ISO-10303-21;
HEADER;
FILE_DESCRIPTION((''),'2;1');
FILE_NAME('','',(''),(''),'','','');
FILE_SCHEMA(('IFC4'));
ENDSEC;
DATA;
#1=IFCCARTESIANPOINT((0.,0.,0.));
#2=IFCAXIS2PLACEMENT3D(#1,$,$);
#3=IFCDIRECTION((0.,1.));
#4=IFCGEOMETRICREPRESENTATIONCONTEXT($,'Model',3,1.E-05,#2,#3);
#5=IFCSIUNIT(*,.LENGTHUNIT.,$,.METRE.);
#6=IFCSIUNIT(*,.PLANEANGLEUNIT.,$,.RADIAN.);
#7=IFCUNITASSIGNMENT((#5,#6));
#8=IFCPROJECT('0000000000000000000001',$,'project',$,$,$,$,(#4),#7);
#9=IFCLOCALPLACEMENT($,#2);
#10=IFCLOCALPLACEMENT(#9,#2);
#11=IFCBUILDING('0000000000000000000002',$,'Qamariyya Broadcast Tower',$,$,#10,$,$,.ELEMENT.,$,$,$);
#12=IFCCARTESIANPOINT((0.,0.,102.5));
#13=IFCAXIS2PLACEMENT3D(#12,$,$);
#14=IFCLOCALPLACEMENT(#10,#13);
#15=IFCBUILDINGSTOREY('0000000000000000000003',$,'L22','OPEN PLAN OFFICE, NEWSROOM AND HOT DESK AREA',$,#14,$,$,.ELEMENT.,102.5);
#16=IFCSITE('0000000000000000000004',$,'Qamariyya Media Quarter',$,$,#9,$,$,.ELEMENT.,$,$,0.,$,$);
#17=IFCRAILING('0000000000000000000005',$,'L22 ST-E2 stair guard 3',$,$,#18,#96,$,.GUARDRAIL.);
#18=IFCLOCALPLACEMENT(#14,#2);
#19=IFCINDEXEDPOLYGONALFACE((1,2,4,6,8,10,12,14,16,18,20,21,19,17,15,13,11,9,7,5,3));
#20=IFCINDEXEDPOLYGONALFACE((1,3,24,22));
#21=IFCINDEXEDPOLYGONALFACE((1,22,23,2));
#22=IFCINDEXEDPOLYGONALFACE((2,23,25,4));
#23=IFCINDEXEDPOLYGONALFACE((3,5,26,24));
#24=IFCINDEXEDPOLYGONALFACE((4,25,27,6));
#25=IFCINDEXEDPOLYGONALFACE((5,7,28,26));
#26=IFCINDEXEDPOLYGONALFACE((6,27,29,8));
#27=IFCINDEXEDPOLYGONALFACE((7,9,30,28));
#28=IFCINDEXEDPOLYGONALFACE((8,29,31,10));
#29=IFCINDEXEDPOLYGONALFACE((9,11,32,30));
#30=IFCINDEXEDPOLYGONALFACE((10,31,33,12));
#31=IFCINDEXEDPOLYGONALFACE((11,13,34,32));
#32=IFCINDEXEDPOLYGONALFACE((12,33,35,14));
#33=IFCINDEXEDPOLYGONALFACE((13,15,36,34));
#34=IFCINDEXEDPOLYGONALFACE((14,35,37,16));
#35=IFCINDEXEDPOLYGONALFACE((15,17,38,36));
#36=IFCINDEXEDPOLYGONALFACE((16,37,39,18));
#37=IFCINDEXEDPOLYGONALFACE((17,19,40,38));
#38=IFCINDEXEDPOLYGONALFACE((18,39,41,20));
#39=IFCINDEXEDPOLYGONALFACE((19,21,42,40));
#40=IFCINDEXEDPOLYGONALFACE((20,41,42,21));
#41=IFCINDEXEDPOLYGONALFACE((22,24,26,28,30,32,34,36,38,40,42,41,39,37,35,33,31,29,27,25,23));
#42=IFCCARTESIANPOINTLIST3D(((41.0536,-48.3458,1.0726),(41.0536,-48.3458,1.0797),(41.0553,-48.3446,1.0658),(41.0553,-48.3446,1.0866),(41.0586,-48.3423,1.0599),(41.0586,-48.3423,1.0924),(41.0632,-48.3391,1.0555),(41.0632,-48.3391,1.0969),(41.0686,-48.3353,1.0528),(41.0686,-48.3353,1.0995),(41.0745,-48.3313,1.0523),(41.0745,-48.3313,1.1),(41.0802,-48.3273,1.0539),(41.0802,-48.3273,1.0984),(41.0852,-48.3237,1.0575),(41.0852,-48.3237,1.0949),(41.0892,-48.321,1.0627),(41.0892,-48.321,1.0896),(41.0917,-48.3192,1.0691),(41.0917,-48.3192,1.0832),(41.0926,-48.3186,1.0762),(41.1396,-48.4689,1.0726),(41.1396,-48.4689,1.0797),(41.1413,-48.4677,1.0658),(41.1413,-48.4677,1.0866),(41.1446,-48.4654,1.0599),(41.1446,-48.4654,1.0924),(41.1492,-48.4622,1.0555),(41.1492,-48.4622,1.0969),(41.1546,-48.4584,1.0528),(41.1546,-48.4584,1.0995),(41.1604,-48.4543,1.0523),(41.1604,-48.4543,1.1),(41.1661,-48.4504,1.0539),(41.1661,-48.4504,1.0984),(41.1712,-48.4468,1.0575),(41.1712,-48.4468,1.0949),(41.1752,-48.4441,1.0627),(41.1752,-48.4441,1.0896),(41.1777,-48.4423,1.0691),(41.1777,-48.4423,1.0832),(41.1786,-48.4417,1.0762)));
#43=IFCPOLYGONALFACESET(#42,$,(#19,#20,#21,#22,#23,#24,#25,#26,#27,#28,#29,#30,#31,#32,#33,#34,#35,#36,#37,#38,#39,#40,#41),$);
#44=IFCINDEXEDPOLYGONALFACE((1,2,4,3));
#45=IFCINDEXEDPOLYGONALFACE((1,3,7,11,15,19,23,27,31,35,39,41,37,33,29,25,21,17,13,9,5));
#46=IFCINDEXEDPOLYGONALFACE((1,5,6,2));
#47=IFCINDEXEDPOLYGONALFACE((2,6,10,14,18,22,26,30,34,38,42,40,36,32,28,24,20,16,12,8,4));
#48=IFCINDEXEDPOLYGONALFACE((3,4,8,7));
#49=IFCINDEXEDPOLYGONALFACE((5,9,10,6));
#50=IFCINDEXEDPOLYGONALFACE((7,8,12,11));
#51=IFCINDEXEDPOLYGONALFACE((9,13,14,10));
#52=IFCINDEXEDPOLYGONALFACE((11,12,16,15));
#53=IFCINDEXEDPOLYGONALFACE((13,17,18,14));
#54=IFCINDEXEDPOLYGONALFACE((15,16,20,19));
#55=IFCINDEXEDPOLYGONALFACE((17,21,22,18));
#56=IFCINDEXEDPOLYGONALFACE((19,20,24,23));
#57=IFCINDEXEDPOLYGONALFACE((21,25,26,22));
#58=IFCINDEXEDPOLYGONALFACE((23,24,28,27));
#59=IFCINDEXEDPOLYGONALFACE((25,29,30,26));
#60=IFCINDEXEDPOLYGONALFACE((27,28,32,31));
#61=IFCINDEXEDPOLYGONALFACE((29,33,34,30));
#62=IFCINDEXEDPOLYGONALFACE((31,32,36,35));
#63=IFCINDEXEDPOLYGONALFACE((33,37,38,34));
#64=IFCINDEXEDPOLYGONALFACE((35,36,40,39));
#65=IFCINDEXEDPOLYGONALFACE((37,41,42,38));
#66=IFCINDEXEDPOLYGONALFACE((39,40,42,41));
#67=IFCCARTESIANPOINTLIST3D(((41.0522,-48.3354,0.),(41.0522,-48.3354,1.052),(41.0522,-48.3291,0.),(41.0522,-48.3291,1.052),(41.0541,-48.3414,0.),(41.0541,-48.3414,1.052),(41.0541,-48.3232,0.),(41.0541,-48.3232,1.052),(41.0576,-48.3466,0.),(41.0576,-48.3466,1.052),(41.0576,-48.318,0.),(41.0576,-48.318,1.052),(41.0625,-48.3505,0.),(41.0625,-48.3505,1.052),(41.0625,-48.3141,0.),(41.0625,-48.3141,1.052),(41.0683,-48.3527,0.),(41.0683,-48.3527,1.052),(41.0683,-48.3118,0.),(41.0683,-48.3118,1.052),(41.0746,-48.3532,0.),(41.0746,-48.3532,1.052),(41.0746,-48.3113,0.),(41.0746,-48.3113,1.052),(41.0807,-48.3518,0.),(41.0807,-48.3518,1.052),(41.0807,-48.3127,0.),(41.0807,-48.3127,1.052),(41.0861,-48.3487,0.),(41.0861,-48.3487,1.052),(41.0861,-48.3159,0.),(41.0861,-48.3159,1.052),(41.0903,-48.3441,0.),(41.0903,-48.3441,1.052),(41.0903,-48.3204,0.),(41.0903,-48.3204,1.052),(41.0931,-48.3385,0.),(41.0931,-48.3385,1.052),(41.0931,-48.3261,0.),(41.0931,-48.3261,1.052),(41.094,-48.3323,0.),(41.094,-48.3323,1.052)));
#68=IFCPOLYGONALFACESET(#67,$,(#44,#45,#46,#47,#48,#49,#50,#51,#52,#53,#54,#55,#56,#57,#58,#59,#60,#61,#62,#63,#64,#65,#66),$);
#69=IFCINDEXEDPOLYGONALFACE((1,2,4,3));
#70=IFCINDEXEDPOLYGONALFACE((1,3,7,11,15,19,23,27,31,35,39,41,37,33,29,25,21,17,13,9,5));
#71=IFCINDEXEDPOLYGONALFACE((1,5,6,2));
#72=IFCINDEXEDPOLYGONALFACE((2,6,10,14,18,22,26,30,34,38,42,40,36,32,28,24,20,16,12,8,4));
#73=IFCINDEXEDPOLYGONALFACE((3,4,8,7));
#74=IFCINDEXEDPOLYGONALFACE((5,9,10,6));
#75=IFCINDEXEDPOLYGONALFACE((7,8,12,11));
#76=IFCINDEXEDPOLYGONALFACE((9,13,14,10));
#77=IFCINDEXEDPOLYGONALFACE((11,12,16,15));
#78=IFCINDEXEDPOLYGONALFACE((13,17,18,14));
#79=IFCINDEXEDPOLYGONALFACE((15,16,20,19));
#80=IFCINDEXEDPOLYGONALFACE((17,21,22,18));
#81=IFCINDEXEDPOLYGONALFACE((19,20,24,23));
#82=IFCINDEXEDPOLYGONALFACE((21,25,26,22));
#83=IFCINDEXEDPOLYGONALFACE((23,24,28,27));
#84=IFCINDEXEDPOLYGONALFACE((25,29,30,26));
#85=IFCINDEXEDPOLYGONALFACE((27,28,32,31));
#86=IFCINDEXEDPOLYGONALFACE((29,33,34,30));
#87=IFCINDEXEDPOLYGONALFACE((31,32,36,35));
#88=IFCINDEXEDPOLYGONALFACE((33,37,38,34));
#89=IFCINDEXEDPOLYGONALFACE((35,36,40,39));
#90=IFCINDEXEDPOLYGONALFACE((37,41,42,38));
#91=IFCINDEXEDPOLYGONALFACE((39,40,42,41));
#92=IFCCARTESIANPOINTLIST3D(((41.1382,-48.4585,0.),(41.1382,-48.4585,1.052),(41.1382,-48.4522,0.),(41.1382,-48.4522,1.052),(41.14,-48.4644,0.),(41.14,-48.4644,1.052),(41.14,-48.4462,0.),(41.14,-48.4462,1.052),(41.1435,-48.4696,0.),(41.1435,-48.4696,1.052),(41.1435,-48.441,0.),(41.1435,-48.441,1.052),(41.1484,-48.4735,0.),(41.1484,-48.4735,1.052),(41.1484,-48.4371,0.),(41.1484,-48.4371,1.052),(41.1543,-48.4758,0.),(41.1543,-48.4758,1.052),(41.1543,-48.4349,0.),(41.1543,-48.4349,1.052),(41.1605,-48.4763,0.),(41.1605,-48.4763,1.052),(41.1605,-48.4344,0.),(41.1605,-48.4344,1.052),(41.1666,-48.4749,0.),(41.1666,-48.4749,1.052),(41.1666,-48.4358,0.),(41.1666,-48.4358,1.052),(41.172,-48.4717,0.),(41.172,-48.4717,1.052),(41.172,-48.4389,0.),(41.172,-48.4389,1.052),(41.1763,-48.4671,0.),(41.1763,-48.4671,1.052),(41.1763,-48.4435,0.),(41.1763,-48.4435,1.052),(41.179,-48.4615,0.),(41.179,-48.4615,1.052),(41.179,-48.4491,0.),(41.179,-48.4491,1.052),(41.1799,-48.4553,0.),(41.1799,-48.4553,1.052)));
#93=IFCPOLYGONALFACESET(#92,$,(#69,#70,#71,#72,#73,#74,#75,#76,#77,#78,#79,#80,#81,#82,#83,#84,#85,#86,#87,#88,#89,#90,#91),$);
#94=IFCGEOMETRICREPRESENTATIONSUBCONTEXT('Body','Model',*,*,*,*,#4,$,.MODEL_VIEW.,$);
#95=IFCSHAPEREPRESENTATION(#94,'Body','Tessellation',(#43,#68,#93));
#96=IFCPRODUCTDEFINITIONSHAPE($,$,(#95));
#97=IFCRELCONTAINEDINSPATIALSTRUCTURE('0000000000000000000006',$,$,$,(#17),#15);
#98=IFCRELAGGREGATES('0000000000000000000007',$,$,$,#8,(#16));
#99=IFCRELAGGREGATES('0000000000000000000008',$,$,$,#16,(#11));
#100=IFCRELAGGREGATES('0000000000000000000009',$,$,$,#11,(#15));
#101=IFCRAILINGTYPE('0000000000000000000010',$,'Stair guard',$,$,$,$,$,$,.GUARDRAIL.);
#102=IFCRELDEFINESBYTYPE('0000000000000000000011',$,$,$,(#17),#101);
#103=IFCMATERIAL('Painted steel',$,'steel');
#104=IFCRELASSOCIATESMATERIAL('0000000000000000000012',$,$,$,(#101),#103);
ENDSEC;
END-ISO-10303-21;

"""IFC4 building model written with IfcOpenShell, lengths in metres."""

from ifc_helpers import new_model, si_unit, direction, frame, origin, origin_2d, place, context, subcontext, project, spatial, circle, extrude, material, type_object, element, save


model = new_model("IFC4")

# Units and contexts
model_context = context("Model", 3, precision=1e-05, world=origin(), true_north=direction((0.0, 1.0)))
body_context = subcontext(model_context, "Body", "Model", "MODEL_VIEW")
ifc_project = project(units=[si_unit("LENGTHUNIT", "METRE"), si_unit("PLANEANGLEUNIT", "RADIAN")], contexts=[model_context])

# Site, building, storey
site_placement = place(None, origin())
site = spatial("IfcSite", under=ifc_project, at=site_placement, Name="Qamariyya Media Quarter", CompositionType="ELEMENT", RefElevation=0.0)
building_placement = place(site_placement, origin())
building = spatial("IfcBuilding", under=site, at=building_placement, Name="Qamariyya Broadcast Tower", CompositionType="ELEMENT")
storey_placement = place(building_placement, frame((0.0, 0.0, 102.5)))
storey = spatial("IfcBuildingStorey", under=building, at=storey_placement, Name="L22", Description="OPEN PLAN OFFICE, NEWSROOM AND HOT DESK AREA", CompositionType="ELEMENT", Elevation=102.5)

# Railing
ifc_material_1 = material(Name="Painted steel", Category="steel")
railing_type_1 = type_object("IfcRailingType", Name="Stair guard", PredefinedType="GUARDRAIL", material=ifc_material_1)
railing_1_placement = place(storey_placement, frame((41.073, -48.3323, 0.0)))
element("IfcRailing", 1, at=railing_1_placement, inside=storey, type_object=railing_type_1, Name="L22 ST-E2 stair guard 3", PredefinedType="GUARDRAIL", context=body_context, shape_type="SweptSolid", body=[
    extrude(circle(Radius=0.0239, at=origin_2d()), frame((0.0, 0.0, 1.0762), z_axis=(0.572589, -0.819843, 0.0), x_axis=(0.819843, 0.572589, 0.0)), (0.0, 0.0, 1.0), 0.1501),
    extrude(circle(Radius=0.021, at=origin_2d()), origin(), (0.0, 0.0, 1.0), 1.052),
    extrude(circle(Radius=0.021, at=origin_2d()), frame((0.0859, -0.123, 0.0)), (0.0, 0.0, 1.0), 1.052),
])

save(model, "model.ifc")
